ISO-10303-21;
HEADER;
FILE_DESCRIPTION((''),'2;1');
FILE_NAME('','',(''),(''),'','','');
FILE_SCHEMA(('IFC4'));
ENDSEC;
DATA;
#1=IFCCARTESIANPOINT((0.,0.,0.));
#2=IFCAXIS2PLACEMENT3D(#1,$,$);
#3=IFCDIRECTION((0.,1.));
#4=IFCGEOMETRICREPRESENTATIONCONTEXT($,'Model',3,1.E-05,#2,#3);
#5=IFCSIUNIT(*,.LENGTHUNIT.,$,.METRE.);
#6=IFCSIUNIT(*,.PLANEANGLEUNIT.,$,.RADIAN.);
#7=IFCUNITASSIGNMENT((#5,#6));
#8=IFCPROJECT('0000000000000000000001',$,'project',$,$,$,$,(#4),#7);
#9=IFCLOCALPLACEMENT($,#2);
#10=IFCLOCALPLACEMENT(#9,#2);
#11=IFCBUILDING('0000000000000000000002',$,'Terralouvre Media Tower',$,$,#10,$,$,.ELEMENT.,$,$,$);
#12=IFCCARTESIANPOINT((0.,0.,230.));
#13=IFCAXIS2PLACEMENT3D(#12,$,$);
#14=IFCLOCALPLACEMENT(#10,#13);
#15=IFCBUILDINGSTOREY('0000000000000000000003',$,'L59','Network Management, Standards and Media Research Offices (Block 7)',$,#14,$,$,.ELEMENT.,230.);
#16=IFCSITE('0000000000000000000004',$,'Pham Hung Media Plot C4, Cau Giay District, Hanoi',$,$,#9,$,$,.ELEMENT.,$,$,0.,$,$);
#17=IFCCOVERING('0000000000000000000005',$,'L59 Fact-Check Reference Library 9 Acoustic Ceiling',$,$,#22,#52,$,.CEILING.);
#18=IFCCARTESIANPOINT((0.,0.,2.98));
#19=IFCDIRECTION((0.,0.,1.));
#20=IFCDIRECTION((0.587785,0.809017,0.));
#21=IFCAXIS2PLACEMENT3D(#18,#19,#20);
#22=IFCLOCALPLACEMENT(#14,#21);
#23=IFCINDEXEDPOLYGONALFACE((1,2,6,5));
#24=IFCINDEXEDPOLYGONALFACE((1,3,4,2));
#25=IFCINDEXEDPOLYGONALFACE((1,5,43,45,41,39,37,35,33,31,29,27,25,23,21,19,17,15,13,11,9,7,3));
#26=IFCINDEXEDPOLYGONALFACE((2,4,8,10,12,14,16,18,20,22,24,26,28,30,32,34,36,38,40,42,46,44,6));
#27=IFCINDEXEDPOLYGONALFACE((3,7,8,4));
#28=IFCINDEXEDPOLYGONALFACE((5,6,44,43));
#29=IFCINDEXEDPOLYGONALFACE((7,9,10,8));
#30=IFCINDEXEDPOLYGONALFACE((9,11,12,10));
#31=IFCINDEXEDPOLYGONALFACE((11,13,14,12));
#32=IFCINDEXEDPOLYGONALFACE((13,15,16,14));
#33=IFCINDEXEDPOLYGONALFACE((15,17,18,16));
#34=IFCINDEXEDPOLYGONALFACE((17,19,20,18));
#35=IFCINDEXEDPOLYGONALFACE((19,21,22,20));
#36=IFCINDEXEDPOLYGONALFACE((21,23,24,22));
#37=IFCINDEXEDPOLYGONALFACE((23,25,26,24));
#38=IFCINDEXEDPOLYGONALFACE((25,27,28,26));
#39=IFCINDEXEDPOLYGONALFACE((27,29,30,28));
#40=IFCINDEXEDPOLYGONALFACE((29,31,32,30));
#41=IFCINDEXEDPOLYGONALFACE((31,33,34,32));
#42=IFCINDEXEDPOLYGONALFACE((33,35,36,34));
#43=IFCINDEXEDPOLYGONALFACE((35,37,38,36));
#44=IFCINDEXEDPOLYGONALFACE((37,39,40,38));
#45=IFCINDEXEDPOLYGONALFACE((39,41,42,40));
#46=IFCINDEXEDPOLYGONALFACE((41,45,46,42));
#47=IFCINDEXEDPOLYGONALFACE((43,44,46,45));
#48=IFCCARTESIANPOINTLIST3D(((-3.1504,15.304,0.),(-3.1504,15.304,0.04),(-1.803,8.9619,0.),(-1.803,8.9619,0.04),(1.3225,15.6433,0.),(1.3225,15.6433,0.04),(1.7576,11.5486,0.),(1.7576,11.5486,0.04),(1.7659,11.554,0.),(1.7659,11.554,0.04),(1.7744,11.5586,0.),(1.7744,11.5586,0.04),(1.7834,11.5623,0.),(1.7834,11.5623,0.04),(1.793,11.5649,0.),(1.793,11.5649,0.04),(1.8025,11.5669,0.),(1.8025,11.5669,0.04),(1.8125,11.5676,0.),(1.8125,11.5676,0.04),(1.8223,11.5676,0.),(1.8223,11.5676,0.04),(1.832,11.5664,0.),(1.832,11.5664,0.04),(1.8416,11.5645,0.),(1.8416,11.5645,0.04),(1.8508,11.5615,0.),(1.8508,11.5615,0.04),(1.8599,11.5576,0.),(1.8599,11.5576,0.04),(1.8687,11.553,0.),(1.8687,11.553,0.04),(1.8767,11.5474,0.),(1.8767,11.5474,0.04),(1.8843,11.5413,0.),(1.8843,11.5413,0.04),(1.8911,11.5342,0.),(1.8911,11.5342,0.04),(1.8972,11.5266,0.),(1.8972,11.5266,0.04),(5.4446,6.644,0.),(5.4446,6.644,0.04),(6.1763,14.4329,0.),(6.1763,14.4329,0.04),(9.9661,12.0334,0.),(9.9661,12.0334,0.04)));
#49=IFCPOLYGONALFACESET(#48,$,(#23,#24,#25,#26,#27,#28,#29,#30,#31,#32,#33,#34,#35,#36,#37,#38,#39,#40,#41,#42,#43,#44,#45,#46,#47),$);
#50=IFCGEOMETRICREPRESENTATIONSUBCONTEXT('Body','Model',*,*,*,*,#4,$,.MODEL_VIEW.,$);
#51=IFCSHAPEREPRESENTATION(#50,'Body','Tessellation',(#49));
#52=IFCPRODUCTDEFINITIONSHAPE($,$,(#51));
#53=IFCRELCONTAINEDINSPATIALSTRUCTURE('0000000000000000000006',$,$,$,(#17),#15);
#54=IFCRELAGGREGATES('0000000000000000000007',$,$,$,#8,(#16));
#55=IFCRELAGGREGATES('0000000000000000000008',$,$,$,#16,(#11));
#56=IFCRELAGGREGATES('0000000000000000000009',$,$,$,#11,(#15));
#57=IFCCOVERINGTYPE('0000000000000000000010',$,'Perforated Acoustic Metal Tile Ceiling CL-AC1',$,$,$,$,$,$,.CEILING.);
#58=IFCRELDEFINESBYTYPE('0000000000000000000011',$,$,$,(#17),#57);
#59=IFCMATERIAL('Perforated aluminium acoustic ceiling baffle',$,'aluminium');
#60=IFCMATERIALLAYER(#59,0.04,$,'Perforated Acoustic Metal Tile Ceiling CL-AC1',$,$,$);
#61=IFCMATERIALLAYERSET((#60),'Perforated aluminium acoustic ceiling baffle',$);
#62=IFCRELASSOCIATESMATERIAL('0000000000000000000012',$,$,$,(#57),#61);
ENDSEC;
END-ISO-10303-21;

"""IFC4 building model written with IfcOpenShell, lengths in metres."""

from ifc_helpers import new_model, si_unit, direction, frame, origin, place, context, subcontext, project, spatial, polyline, outline, extrude, material, layer, layer_set, type_object, element, save


model = new_model("IFC4")

# Units and contexts
model_context = context("Model", 3, precision=1e-05, world=origin(), true_north=direction((0.0, 1.0)))
body_context = subcontext(model_context, "Body", "Model", "MODEL_VIEW")
ifc_project = project(units=[si_unit("LENGTHUNIT", "METRE"), si_unit("PLANEANGLEUNIT", "RADIAN")], contexts=[model_context])

# Site, building, storey
site_placement = place(None, origin())
site = spatial("IfcSite", under=ifc_project, at=site_placement, Name="Pham Hung Media Plot C4, Cau Giay District, Hanoi", CompositionType="ELEMENT", RefElevation=0.0)
building_placement = place(site_placement, origin())
building = spatial("IfcBuilding", under=site, at=building_placement, Name="Terralouvre Media Tower", CompositionType="ELEMENT")
storey_placement = place(building_placement, frame((0.0, 0.0, 230.0)))
storey = spatial("IfcBuildingStorey", under=building, at=storey_placement, Name="L59", Description="Network Management, Standards and Media Research Offices (Block 7)", CompositionType="ELEMENT", Elevation=230.0)

# Covering
ifc_material_1 = material(Name="Perforated aluminium acoustic ceiling baffle", Category="aluminium")
ifc_layer_1 = layer(ifc_material_1, 0.04, Name="Perforated Acoustic Metal Tile Ceiling CL-AC1")
ifc_layer_set_1 = layer_set([ifc_layer_1], Name="Perforated aluminium acoustic ceiling baffle")
covering_type = type_object("IfcCoveringType", Name="Perforated Acoustic Metal Tile Ceiling CL-AC1", PredefinedType="CEILING", material=ifc_layer_set_1)
covering_placement = place(storey_placement, frame((0.0, 0.0, 2.98), z_axis=(0.0, 0.0, 1.0), x_axis=(0.587785, 0.809017, 0.0)))
element("IfcCovering", 1, at=covering_placement, inside=storey, type_object=covering_type, Name="L59 Fact-Check Reference Library 9 Acoustic Ceiling", PredefinedType="CEILING", context=body_context, shape_type="SweptSolid", body=[
    extrude(outline(polyline([(6.1763, 14.4329), (1.3225, 15.6433), (-3.1504, 15.304), (-1.803, 8.9619), (1.7576, 11.5486), (1.7659, 11.554), (1.7744, 11.5586), (1.7834, 11.5623), (1.793, 11.5649), (1.8025, 11.5669), (1.8125, 11.5676), (1.8223, 11.5676), (1.832, 11.5664), (1.8416, 11.5645), (1.8508, 11.5615), (1.8599, 11.5576), (1.8687, 11.553), (1.8767, 11.5474), (1.8843, 11.5413), (1.8911, 11.5342), (1.8972, 11.5266), (5.4446, 6.644), (9.9661, 12.0334), (6.1763, 14.4329)])), origin(), (0.0, 0.0, 1.0), 0.04),
])

save(model, "model.ifc")
